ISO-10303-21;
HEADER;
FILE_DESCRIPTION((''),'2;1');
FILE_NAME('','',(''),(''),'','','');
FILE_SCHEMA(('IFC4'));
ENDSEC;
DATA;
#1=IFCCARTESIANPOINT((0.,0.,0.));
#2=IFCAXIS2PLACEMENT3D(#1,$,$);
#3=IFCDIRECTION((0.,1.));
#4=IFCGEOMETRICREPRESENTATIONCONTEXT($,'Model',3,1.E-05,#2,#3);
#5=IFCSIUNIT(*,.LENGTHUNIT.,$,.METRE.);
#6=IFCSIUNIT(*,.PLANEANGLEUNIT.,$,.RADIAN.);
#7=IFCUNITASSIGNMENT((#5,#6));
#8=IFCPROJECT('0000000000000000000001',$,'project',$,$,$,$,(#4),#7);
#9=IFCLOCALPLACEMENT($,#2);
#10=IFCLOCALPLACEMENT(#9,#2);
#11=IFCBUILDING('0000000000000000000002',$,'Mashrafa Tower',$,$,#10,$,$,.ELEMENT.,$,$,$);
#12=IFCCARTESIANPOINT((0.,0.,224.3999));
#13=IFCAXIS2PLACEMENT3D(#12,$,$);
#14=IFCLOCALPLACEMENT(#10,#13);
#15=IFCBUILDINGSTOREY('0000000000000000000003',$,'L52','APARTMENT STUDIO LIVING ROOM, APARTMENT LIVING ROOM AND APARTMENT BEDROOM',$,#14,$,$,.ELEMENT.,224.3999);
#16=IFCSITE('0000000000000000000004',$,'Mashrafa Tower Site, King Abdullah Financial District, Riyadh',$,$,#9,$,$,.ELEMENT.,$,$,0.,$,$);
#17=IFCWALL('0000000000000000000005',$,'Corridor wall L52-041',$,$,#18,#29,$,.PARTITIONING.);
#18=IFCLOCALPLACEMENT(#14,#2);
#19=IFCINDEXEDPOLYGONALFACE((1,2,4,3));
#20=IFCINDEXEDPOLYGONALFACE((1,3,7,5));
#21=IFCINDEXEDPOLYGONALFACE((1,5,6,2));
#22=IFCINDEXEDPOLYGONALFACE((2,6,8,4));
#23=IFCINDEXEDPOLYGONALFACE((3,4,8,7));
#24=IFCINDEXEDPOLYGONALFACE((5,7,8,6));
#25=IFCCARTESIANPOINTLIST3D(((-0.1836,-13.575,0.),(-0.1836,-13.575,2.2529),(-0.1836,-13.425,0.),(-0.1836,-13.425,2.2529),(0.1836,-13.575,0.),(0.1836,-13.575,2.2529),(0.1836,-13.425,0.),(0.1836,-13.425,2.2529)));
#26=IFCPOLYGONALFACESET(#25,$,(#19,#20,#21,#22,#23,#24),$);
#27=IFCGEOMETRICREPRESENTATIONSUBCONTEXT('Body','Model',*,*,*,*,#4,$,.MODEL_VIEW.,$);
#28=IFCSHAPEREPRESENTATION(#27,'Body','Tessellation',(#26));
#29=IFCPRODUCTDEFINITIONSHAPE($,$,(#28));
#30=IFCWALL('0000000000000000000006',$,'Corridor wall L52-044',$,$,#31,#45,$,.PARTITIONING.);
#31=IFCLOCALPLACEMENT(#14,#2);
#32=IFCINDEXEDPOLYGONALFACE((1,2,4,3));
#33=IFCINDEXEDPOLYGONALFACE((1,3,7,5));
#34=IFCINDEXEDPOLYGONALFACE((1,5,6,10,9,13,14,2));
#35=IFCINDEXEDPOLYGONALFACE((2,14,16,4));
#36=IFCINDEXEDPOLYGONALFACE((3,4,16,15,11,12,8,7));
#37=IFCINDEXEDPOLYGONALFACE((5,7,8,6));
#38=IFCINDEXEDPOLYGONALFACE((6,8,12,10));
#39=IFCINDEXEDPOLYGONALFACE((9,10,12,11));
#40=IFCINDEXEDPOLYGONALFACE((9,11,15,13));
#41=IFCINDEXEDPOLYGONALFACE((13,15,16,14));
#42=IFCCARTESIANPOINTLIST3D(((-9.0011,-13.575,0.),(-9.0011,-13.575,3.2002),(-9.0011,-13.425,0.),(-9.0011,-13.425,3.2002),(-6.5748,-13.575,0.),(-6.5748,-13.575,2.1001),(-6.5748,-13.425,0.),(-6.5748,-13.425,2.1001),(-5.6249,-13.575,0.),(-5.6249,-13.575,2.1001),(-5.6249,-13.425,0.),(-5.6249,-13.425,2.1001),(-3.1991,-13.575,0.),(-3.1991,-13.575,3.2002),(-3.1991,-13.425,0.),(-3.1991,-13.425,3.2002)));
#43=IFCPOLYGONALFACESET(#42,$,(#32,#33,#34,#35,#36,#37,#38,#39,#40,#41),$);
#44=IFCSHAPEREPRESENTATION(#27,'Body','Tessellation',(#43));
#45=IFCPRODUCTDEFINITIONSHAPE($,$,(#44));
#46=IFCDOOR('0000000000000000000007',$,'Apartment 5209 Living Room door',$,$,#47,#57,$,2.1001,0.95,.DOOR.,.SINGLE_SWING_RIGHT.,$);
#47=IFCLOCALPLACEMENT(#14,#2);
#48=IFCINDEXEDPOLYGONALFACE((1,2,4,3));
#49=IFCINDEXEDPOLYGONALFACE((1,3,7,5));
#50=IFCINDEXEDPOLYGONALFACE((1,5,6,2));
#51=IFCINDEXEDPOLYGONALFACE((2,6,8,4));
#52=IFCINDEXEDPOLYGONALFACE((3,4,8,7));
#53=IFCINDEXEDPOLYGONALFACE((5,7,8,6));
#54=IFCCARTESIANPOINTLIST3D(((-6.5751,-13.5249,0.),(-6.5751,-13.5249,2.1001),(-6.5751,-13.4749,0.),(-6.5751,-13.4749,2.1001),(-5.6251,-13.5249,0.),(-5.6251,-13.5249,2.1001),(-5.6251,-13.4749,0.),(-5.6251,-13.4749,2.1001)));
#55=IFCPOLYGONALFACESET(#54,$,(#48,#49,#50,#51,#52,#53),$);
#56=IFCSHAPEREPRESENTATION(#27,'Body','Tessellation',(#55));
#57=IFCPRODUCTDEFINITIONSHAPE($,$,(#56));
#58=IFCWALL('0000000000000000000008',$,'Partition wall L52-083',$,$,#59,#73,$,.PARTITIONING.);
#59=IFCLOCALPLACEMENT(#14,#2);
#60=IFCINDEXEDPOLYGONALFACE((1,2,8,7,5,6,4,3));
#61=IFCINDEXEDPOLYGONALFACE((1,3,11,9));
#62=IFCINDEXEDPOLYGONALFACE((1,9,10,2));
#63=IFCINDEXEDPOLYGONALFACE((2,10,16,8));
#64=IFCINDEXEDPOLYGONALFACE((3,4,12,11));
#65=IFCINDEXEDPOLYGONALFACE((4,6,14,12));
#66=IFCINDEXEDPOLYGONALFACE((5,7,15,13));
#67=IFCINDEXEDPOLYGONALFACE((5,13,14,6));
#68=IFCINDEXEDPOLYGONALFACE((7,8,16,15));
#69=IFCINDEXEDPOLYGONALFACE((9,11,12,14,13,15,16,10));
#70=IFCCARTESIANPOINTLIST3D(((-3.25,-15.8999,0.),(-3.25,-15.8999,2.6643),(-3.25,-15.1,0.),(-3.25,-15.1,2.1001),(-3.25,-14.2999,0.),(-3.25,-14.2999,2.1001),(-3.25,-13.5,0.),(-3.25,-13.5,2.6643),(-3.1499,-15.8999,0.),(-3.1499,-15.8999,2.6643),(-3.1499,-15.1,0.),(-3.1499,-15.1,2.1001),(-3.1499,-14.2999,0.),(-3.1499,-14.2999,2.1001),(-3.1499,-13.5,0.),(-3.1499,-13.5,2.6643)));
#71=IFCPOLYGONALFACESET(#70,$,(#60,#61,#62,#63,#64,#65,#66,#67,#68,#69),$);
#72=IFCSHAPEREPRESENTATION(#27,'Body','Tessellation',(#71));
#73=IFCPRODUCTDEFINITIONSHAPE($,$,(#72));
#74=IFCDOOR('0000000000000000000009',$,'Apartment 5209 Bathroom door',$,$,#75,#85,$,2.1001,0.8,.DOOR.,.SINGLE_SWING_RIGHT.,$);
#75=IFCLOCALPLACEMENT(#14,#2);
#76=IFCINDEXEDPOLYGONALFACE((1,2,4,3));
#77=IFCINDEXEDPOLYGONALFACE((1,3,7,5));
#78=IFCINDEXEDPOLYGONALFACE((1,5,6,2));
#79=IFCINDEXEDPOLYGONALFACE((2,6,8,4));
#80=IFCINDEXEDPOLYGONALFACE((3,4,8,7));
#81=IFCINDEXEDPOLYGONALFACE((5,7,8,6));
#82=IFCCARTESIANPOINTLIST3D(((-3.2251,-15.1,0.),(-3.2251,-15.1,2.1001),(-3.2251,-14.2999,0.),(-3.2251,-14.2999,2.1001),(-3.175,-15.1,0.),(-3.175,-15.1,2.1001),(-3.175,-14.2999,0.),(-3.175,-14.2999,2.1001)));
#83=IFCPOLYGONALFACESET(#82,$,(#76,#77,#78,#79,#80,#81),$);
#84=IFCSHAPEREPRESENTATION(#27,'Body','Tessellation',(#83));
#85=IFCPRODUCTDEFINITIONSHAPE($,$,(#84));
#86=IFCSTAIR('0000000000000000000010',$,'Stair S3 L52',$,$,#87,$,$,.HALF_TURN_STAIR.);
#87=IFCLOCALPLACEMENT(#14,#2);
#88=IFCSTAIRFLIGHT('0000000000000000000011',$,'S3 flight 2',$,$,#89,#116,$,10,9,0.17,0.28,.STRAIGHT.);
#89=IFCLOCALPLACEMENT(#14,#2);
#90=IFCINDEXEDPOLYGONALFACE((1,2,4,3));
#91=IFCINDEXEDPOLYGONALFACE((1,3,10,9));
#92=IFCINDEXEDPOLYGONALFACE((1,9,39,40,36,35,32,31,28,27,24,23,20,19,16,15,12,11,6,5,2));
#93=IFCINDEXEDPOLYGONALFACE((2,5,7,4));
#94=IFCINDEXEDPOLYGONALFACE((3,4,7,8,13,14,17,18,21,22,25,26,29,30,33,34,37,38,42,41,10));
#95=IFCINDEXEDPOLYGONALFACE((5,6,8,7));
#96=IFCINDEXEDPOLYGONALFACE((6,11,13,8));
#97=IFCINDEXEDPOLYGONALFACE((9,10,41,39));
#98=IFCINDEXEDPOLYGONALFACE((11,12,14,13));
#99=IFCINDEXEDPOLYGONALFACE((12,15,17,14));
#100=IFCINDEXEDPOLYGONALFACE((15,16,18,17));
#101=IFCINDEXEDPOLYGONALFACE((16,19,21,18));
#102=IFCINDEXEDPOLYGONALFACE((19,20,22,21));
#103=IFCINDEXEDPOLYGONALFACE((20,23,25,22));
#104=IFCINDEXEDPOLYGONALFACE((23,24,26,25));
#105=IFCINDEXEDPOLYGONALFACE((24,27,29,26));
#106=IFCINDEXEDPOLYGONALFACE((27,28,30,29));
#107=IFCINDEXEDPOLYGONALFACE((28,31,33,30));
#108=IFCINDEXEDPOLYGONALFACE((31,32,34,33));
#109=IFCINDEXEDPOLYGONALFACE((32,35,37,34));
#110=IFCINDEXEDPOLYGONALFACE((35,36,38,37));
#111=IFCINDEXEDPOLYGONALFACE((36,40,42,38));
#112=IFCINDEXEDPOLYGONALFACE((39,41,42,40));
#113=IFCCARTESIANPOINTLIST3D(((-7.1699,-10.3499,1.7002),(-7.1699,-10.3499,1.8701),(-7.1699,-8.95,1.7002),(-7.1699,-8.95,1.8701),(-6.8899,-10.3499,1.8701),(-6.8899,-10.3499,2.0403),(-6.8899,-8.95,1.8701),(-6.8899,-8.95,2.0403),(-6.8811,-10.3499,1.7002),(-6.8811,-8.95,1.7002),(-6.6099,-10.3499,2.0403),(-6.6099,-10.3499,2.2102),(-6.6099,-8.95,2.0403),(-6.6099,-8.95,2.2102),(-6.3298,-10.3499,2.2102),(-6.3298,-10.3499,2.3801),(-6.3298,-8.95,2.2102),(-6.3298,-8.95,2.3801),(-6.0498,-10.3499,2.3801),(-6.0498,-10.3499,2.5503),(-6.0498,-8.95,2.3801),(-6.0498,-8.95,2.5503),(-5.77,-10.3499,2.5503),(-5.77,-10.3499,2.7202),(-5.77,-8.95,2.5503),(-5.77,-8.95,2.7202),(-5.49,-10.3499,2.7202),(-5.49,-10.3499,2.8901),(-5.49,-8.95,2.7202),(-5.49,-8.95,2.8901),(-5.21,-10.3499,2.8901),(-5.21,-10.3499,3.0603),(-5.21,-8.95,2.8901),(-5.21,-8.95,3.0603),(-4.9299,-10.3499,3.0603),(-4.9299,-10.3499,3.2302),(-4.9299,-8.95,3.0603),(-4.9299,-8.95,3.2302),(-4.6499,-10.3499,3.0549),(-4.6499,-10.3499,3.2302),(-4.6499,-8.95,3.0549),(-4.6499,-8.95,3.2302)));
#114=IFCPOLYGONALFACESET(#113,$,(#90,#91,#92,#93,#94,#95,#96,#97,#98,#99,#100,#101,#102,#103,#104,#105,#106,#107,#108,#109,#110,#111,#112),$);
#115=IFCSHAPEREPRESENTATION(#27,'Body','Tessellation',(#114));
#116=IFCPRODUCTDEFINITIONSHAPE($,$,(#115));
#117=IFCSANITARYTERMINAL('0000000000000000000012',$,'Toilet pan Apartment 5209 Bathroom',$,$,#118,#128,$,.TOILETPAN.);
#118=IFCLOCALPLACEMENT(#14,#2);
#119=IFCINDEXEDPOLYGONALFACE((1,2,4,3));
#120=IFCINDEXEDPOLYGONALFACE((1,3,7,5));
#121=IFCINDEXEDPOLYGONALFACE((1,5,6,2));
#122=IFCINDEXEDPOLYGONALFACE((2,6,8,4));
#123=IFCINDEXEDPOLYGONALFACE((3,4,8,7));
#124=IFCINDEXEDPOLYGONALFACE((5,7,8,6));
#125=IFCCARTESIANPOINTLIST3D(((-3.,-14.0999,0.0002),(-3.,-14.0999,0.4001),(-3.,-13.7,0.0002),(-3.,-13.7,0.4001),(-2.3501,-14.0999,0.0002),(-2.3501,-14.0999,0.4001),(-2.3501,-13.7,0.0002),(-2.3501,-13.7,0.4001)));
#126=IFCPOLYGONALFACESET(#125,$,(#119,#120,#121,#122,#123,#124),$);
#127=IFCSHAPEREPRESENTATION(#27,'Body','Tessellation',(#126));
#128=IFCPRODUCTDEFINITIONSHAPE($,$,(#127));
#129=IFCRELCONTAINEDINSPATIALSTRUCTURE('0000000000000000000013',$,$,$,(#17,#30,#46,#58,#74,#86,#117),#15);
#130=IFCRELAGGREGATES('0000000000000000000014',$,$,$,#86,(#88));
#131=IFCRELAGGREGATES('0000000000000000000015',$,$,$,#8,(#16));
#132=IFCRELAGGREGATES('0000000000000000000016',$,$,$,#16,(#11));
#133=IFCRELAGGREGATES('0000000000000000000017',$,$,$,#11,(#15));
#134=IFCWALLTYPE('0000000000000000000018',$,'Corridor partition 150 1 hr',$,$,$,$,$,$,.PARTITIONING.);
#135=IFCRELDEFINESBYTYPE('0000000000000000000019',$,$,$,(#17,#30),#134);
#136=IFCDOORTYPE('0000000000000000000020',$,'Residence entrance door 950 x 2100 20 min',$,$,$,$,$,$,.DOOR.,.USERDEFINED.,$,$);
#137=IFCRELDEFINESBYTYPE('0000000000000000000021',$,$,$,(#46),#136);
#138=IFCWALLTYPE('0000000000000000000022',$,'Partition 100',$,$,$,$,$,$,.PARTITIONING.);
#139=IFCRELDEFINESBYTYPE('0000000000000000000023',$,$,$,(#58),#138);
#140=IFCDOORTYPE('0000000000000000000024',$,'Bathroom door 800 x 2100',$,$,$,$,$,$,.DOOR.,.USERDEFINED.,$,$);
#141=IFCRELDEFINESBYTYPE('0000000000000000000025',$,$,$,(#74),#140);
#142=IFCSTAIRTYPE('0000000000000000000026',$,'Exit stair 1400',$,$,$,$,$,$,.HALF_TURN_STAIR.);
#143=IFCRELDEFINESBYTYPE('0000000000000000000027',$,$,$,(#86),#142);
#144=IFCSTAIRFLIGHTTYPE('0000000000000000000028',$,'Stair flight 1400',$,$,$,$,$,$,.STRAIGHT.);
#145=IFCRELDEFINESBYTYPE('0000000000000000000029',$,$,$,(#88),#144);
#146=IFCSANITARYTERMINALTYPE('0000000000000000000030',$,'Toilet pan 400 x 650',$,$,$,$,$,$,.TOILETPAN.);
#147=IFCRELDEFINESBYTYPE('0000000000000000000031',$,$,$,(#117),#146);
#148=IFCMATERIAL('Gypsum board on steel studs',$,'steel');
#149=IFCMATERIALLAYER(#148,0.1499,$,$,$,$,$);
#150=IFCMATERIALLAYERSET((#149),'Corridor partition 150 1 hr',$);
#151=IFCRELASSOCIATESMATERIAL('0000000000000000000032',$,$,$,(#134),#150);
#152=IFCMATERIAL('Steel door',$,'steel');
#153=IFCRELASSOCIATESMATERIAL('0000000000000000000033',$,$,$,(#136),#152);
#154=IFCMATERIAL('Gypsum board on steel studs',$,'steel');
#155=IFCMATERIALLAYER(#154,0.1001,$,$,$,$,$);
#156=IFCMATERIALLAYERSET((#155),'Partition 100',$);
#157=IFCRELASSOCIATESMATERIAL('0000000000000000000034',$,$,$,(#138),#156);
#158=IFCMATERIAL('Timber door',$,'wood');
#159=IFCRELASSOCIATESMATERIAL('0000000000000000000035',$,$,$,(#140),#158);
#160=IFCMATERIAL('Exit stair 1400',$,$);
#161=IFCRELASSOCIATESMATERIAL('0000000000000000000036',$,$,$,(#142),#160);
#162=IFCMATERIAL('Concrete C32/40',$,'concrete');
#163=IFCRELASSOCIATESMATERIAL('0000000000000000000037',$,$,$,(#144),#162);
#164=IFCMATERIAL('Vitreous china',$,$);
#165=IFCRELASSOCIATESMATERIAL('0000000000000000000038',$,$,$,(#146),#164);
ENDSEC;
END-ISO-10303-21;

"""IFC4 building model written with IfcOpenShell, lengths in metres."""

from ifc_helpers import new_model, si_unit, direction, frame, frame_2d, origin, origin_2d, place, context, subcontext, project, spatial, polyline, rectangle, outline, extrude, material, layer, layer_set, type_object, element, fill, aggregate, save


model = new_model("IFC4")

# Units and contexts
model_context = context("Model", 3, precision=1e-05, world=origin(), true_north=direction((0.0, 1.0)))
body_context = subcontext(model_context, "Body", "Model", "MODEL_VIEW")
ifc_project = project(units=[si_unit("LENGTHUNIT", "METRE"), si_unit("PLANEANGLEUNIT", "RADIAN")], contexts=[model_context])

# Site, building, storey
site_placement = place(None, origin())
site = spatial("IfcSite", under=ifc_project, at=site_placement, Name="Mashrafa Tower Site, King Abdullah Financial District, Riyadh", CompositionType="ELEMENT", RefElevation=0.0)
building_placement = place(site_placement, origin())
building = spatial("IfcBuilding", under=site, at=building_placement, Name="Mashrafa Tower", CompositionType="ELEMENT")
storey_placement = place(building_placement, frame((0.0, 0.0, 224.3999)))
storey = spatial("IfcBuildingStorey", under=building, at=storey_placement, Name="L52", Description="APARTMENT STUDIO LIVING ROOM, APARTMENT LIVING ROOM AND APARTMENT BEDROOM", CompositionType="ELEMENT", Elevation=224.3999)

# Wall
ifc_material_1 = material(Name="Gypsum board on steel studs", Category="steel")
ifc_layer_1 = layer(ifc_material_1, 0.1499)
ifc_layer_set_1 = layer_set([ifc_layer_1], Name="Corridor partition 150 1 hr")
wall_type_1 = type_object("IfcWallType", Name="Corridor partition 150 1 hr", PredefinedType="PARTITIONING", material=ifc_layer_set_1)
wall_1_placement = place(storey_placement, frame((-0.1836, -13.5, 0.0), z_axis=(0.0, 0.0, 1.0), x_axis=(1.0, 0.0, 0.0)))
element("IfcWall", 1, at=wall_1_placement, inside=storey, type_object=wall_type_1, Name="Corridor wall L52-041", PredefinedType="PARTITIONING", context=body_context, shape_type="SweptSolid", body=[
    extrude(rectangle(XDim=0.3672, YDim=0.1499, at=frame_2d((0.1836, 0.0))), origin(), (0.0, 0.0, 1.0), 2.2529),
])

# Walls, openings, doors
wall_2_placement = place(storey_placement, frame((-9.001, -13.5, 0.0), z_axis=(0.0, 0.0, 1.0), x_axis=(1.0, 0.0, 0.0)))
wall_2 = element("IfcWall", 2, at=wall_2_placement, inside=storey, type_object=wall_type_1, Name="Corridor wall L52-044", PredefinedType="PARTITIONING", context=body_context, shape_type="SweptSolid", body=[
    extrude(rectangle(XDim=5.802, YDim=0.1499, at=frame_2d((2.9009, 0.0))), origin(), (0.0, 0.0, 1.0), 3.2002),
])
opening_1_placement = place(wall_2_placement, frame((2.426, 0.0, 0.0)))
opening_1 = element("IfcOpeningElement", 3, at=opening_1_placement, cuts=wall_2, PredefinedType="OPENING", context=body_context, shape_type="SweptSolid", body=[
    extrude(rectangle(XDim=0.95, YDim=2.1001, at=frame_2d((0.4751, 1.05))), frame((0.0, 0.085, 0.0), z_axis=(0.0, -1.0, 0.0), x_axis=(1.0, 0.0, 0.0)), (0.0, 0.0, 1.0), 0.1699),
])
ifc_material_2 = material(Name="Steel door", Category="steel")
door_type_1 = type_object("IfcDoorType", Name="Residence entrance door 950 x 2100 20 min", OperationType="USERDEFINED", PredefinedType="DOOR", material=ifc_material_2)
door_1_placement = place(opening_1_placement, frame((0.95, 0.0, 0.0), z_axis=(0.0, 0.0, 1.0), x_axis=(-1.0, 0.0, 0.0)))
door_1 = element("IfcDoor", 4, at=door_1_placement, inside=storey, type_object=door_type_1, Name="Apartment 5209 Living Room door", OperationType="SINGLE_SWING_RIGHT", OverallHeight=2.1001, OverallWidth=0.95, PredefinedType="DOOR", context=body_context, shape_type="SweptSolid", body=[
    extrude(rectangle(XDim=0.95, YDim=2.1001, at=frame_2d((0.4751, 1.05))), frame((0.0, 0.0249, 0.0), z_axis=(0.0, -1.0, 0.0), x_axis=(1.0, 0.0, 0.0)), (0.0, 0.0, 1.0), 0.05),
])
fill(opening_1, door_1)
ifc_material_3 = material(Name="Gypsum board on steel studs", Category="steel")
ifc_layer_2 = layer(ifc_material_3, 0.1001)
ifc_layer_set_2 = layer_set([ifc_layer_2], Name="Partition 100")
wall_type_2 = type_object("IfcWallType", Name="Partition 100", PredefinedType="PARTITIONING", material=ifc_layer_set_2)
wall_3_placement = place(storey_placement, frame((-3.2, -13.5, 0.0), z_axis=(0.0, 0.0, 1.0), x_axis=(0.0, -1.0, 0.0)))
wall_3 = element("IfcWall", 5, at=wall_3_placement, inside=storey, type_object=wall_type_2, Name="Partition wall L52-083", PredefinedType="PARTITIONING", context=body_context, shape_type="SweptSolid", body=[
    extrude(rectangle(XDim=2.3999, YDim=0.1001, at=frame_2d((1.2, 0.0))), origin(), (0.0, 0.0, 1.0), 2.6643),
])
opening_2_placement = place(wall_3_placement, frame((0.8, 0.0, 0.0)))
opening_2 = element("IfcOpeningElement", 6, at=opening_2_placement, cuts=wall_3, PredefinedType="OPENING", context=body_context, shape_type="SweptSolid", body=[
    extrude(rectangle(XDim=0.8, YDim=2.1001, at=frame_2d((0.3999, 1.05))), frame((0.0, 0.0601, 0.0), z_axis=(0.0, -1.0, 0.0), x_axis=(1.0, 0.0, 0.0)), (0.0, 0.0, 1.0), 0.1201),
])
ifc_material_4 = material(Name="Timber door", Category="wood")
door_type_2 = type_object("IfcDoorType", Name="Bathroom door 800 x 2100", OperationType="USERDEFINED", PredefinedType="DOOR", material=ifc_material_4)
door_2_placement = place(opening_2_placement, origin())
door_2 = element("IfcDoor", 7, at=door_2_placement, inside=storey, type_object=door_type_2, Name="Apartment 5209 Bathroom door", OperationType="SINGLE_SWING_RIGHT", OverallHeight=2.1001, OverallWidth=0.8, PredefinedType="DOOR", context=body_context, shape_type="SweptSolid", body=[
    extrude(rectangle(XDim=0.8, YDim=2.1001, at=frame_2d((0.3999, 1.05))), frame((0.0, 0.0249, 0.0), z_axis=(0.0, -1.0, 0.0), x_axis=(1.0, 0.0, 0.0)), (0.0, 0.0, 1.0), 0.05),
])
fill(opening_2, door_2)

# Stair, stair flight
ifc_material_5 = material(Name="Exit stair 1400")
stair_type = type_object("IfcStairType", Name="Exit stair 1400", PredefinedType="HALF_TURN_STAIR", material=ifc_material_5)
stair_placement = place(storey_placement, origin())
stair = element("IfcStair", 8, at=stair_placement, inside=storey, type_object=stair_type, Name="Stair S3 L52", PredefinedType="HALF_TURN_STAIR")
ifc_material_6 = material(Name="Concrete C32/40", Category="concrete")
stair_flight_type = type_object("IfcStairFlightType", Name="Stair flight 1400", PredefinedType="STRAIGHT", material=ifc_material_6)
stair_flight_placement = place(storey_placement, frame((-7.1699, -9.6499, 1.7002), z_axis=(0.0, 0.0, 1.0), x_axis=(1.0, 0.0, 0.0)))
stair_flight = element("IfcStairFlight", 9, at=stair_flight_placement, type_object=stair_flight_type, Name="S3 flight 2", NumberOfRisers=10, NumberOfTreads=9, PredefinedType="STRAIGHT", RiserHeight=0.17, TreadLength=0.28, context=body_context, shape_type="SweptSolid", body=[
    extrude(outline(polyline([(0.0, 0.0), (0.0, 0.1699), (0.28, 0.1699), (0.28, 0.3401), (0.5601, 0.3401), (0.5601, 0.51), (0.8401, 0.51), (0.8401, 0.6799), (1.1201, 0.6799), (1.1201, 0.8501), (1.3999, 0.8501), (1.3999, 1.02), (1.6799, 1.02), (1.6799, 1.1899), (1.96, 1.1899), (1.96, 1.3601), (2.24, 1.3601), (2.24, 1.53), (2.52, 1.53), (2.52, 1.7), (2.52, 1.3547), (0.2888, 0.0), (0.0, 0.0)])), frame((0.0, 0.7, 0.0), z_axis=(0.0, -1.0, 0.0), x_axis=(1.0, 0.0, 0.0)), (0.0, 0.0, 1.0), 1.3999),
])
aggregate(stair, [stair_flight])

# Sanitary terminal
ifc_material_7 = material(Name="Vitreous china")
sanitary_terminal_type = type_object("IfcSanitaryTerminalType", Name="Toilet pan 400 x 650", PredefinedType="TOILETPAN", material=ifc_material_7)
sanitary_terminal_placement = place(storey_placement, frame((-2.675, -13.8999, 0.0002), z_axis=(0.0, 0.0, 1.0), x_axis=(0.0, -1.0, 0.0)))
element("IfcSanitaryTerminal", 10, at=sanitary_terminal_placement, inside=storey, type_object=sanitary_terminal_type, Name="Toilet pan Apartment 5209 Bathroom", PredefinedType="TOILETPAN", context=body_context, shape_type="SweptSolid", body=[
    extrude(rectangle(XDim=0.3999, YDim=0.6499, at=origin_2d()), origin(), (0.0, 0.0, 1.0), 0.3999),
])

save(model, "model.ifc")
